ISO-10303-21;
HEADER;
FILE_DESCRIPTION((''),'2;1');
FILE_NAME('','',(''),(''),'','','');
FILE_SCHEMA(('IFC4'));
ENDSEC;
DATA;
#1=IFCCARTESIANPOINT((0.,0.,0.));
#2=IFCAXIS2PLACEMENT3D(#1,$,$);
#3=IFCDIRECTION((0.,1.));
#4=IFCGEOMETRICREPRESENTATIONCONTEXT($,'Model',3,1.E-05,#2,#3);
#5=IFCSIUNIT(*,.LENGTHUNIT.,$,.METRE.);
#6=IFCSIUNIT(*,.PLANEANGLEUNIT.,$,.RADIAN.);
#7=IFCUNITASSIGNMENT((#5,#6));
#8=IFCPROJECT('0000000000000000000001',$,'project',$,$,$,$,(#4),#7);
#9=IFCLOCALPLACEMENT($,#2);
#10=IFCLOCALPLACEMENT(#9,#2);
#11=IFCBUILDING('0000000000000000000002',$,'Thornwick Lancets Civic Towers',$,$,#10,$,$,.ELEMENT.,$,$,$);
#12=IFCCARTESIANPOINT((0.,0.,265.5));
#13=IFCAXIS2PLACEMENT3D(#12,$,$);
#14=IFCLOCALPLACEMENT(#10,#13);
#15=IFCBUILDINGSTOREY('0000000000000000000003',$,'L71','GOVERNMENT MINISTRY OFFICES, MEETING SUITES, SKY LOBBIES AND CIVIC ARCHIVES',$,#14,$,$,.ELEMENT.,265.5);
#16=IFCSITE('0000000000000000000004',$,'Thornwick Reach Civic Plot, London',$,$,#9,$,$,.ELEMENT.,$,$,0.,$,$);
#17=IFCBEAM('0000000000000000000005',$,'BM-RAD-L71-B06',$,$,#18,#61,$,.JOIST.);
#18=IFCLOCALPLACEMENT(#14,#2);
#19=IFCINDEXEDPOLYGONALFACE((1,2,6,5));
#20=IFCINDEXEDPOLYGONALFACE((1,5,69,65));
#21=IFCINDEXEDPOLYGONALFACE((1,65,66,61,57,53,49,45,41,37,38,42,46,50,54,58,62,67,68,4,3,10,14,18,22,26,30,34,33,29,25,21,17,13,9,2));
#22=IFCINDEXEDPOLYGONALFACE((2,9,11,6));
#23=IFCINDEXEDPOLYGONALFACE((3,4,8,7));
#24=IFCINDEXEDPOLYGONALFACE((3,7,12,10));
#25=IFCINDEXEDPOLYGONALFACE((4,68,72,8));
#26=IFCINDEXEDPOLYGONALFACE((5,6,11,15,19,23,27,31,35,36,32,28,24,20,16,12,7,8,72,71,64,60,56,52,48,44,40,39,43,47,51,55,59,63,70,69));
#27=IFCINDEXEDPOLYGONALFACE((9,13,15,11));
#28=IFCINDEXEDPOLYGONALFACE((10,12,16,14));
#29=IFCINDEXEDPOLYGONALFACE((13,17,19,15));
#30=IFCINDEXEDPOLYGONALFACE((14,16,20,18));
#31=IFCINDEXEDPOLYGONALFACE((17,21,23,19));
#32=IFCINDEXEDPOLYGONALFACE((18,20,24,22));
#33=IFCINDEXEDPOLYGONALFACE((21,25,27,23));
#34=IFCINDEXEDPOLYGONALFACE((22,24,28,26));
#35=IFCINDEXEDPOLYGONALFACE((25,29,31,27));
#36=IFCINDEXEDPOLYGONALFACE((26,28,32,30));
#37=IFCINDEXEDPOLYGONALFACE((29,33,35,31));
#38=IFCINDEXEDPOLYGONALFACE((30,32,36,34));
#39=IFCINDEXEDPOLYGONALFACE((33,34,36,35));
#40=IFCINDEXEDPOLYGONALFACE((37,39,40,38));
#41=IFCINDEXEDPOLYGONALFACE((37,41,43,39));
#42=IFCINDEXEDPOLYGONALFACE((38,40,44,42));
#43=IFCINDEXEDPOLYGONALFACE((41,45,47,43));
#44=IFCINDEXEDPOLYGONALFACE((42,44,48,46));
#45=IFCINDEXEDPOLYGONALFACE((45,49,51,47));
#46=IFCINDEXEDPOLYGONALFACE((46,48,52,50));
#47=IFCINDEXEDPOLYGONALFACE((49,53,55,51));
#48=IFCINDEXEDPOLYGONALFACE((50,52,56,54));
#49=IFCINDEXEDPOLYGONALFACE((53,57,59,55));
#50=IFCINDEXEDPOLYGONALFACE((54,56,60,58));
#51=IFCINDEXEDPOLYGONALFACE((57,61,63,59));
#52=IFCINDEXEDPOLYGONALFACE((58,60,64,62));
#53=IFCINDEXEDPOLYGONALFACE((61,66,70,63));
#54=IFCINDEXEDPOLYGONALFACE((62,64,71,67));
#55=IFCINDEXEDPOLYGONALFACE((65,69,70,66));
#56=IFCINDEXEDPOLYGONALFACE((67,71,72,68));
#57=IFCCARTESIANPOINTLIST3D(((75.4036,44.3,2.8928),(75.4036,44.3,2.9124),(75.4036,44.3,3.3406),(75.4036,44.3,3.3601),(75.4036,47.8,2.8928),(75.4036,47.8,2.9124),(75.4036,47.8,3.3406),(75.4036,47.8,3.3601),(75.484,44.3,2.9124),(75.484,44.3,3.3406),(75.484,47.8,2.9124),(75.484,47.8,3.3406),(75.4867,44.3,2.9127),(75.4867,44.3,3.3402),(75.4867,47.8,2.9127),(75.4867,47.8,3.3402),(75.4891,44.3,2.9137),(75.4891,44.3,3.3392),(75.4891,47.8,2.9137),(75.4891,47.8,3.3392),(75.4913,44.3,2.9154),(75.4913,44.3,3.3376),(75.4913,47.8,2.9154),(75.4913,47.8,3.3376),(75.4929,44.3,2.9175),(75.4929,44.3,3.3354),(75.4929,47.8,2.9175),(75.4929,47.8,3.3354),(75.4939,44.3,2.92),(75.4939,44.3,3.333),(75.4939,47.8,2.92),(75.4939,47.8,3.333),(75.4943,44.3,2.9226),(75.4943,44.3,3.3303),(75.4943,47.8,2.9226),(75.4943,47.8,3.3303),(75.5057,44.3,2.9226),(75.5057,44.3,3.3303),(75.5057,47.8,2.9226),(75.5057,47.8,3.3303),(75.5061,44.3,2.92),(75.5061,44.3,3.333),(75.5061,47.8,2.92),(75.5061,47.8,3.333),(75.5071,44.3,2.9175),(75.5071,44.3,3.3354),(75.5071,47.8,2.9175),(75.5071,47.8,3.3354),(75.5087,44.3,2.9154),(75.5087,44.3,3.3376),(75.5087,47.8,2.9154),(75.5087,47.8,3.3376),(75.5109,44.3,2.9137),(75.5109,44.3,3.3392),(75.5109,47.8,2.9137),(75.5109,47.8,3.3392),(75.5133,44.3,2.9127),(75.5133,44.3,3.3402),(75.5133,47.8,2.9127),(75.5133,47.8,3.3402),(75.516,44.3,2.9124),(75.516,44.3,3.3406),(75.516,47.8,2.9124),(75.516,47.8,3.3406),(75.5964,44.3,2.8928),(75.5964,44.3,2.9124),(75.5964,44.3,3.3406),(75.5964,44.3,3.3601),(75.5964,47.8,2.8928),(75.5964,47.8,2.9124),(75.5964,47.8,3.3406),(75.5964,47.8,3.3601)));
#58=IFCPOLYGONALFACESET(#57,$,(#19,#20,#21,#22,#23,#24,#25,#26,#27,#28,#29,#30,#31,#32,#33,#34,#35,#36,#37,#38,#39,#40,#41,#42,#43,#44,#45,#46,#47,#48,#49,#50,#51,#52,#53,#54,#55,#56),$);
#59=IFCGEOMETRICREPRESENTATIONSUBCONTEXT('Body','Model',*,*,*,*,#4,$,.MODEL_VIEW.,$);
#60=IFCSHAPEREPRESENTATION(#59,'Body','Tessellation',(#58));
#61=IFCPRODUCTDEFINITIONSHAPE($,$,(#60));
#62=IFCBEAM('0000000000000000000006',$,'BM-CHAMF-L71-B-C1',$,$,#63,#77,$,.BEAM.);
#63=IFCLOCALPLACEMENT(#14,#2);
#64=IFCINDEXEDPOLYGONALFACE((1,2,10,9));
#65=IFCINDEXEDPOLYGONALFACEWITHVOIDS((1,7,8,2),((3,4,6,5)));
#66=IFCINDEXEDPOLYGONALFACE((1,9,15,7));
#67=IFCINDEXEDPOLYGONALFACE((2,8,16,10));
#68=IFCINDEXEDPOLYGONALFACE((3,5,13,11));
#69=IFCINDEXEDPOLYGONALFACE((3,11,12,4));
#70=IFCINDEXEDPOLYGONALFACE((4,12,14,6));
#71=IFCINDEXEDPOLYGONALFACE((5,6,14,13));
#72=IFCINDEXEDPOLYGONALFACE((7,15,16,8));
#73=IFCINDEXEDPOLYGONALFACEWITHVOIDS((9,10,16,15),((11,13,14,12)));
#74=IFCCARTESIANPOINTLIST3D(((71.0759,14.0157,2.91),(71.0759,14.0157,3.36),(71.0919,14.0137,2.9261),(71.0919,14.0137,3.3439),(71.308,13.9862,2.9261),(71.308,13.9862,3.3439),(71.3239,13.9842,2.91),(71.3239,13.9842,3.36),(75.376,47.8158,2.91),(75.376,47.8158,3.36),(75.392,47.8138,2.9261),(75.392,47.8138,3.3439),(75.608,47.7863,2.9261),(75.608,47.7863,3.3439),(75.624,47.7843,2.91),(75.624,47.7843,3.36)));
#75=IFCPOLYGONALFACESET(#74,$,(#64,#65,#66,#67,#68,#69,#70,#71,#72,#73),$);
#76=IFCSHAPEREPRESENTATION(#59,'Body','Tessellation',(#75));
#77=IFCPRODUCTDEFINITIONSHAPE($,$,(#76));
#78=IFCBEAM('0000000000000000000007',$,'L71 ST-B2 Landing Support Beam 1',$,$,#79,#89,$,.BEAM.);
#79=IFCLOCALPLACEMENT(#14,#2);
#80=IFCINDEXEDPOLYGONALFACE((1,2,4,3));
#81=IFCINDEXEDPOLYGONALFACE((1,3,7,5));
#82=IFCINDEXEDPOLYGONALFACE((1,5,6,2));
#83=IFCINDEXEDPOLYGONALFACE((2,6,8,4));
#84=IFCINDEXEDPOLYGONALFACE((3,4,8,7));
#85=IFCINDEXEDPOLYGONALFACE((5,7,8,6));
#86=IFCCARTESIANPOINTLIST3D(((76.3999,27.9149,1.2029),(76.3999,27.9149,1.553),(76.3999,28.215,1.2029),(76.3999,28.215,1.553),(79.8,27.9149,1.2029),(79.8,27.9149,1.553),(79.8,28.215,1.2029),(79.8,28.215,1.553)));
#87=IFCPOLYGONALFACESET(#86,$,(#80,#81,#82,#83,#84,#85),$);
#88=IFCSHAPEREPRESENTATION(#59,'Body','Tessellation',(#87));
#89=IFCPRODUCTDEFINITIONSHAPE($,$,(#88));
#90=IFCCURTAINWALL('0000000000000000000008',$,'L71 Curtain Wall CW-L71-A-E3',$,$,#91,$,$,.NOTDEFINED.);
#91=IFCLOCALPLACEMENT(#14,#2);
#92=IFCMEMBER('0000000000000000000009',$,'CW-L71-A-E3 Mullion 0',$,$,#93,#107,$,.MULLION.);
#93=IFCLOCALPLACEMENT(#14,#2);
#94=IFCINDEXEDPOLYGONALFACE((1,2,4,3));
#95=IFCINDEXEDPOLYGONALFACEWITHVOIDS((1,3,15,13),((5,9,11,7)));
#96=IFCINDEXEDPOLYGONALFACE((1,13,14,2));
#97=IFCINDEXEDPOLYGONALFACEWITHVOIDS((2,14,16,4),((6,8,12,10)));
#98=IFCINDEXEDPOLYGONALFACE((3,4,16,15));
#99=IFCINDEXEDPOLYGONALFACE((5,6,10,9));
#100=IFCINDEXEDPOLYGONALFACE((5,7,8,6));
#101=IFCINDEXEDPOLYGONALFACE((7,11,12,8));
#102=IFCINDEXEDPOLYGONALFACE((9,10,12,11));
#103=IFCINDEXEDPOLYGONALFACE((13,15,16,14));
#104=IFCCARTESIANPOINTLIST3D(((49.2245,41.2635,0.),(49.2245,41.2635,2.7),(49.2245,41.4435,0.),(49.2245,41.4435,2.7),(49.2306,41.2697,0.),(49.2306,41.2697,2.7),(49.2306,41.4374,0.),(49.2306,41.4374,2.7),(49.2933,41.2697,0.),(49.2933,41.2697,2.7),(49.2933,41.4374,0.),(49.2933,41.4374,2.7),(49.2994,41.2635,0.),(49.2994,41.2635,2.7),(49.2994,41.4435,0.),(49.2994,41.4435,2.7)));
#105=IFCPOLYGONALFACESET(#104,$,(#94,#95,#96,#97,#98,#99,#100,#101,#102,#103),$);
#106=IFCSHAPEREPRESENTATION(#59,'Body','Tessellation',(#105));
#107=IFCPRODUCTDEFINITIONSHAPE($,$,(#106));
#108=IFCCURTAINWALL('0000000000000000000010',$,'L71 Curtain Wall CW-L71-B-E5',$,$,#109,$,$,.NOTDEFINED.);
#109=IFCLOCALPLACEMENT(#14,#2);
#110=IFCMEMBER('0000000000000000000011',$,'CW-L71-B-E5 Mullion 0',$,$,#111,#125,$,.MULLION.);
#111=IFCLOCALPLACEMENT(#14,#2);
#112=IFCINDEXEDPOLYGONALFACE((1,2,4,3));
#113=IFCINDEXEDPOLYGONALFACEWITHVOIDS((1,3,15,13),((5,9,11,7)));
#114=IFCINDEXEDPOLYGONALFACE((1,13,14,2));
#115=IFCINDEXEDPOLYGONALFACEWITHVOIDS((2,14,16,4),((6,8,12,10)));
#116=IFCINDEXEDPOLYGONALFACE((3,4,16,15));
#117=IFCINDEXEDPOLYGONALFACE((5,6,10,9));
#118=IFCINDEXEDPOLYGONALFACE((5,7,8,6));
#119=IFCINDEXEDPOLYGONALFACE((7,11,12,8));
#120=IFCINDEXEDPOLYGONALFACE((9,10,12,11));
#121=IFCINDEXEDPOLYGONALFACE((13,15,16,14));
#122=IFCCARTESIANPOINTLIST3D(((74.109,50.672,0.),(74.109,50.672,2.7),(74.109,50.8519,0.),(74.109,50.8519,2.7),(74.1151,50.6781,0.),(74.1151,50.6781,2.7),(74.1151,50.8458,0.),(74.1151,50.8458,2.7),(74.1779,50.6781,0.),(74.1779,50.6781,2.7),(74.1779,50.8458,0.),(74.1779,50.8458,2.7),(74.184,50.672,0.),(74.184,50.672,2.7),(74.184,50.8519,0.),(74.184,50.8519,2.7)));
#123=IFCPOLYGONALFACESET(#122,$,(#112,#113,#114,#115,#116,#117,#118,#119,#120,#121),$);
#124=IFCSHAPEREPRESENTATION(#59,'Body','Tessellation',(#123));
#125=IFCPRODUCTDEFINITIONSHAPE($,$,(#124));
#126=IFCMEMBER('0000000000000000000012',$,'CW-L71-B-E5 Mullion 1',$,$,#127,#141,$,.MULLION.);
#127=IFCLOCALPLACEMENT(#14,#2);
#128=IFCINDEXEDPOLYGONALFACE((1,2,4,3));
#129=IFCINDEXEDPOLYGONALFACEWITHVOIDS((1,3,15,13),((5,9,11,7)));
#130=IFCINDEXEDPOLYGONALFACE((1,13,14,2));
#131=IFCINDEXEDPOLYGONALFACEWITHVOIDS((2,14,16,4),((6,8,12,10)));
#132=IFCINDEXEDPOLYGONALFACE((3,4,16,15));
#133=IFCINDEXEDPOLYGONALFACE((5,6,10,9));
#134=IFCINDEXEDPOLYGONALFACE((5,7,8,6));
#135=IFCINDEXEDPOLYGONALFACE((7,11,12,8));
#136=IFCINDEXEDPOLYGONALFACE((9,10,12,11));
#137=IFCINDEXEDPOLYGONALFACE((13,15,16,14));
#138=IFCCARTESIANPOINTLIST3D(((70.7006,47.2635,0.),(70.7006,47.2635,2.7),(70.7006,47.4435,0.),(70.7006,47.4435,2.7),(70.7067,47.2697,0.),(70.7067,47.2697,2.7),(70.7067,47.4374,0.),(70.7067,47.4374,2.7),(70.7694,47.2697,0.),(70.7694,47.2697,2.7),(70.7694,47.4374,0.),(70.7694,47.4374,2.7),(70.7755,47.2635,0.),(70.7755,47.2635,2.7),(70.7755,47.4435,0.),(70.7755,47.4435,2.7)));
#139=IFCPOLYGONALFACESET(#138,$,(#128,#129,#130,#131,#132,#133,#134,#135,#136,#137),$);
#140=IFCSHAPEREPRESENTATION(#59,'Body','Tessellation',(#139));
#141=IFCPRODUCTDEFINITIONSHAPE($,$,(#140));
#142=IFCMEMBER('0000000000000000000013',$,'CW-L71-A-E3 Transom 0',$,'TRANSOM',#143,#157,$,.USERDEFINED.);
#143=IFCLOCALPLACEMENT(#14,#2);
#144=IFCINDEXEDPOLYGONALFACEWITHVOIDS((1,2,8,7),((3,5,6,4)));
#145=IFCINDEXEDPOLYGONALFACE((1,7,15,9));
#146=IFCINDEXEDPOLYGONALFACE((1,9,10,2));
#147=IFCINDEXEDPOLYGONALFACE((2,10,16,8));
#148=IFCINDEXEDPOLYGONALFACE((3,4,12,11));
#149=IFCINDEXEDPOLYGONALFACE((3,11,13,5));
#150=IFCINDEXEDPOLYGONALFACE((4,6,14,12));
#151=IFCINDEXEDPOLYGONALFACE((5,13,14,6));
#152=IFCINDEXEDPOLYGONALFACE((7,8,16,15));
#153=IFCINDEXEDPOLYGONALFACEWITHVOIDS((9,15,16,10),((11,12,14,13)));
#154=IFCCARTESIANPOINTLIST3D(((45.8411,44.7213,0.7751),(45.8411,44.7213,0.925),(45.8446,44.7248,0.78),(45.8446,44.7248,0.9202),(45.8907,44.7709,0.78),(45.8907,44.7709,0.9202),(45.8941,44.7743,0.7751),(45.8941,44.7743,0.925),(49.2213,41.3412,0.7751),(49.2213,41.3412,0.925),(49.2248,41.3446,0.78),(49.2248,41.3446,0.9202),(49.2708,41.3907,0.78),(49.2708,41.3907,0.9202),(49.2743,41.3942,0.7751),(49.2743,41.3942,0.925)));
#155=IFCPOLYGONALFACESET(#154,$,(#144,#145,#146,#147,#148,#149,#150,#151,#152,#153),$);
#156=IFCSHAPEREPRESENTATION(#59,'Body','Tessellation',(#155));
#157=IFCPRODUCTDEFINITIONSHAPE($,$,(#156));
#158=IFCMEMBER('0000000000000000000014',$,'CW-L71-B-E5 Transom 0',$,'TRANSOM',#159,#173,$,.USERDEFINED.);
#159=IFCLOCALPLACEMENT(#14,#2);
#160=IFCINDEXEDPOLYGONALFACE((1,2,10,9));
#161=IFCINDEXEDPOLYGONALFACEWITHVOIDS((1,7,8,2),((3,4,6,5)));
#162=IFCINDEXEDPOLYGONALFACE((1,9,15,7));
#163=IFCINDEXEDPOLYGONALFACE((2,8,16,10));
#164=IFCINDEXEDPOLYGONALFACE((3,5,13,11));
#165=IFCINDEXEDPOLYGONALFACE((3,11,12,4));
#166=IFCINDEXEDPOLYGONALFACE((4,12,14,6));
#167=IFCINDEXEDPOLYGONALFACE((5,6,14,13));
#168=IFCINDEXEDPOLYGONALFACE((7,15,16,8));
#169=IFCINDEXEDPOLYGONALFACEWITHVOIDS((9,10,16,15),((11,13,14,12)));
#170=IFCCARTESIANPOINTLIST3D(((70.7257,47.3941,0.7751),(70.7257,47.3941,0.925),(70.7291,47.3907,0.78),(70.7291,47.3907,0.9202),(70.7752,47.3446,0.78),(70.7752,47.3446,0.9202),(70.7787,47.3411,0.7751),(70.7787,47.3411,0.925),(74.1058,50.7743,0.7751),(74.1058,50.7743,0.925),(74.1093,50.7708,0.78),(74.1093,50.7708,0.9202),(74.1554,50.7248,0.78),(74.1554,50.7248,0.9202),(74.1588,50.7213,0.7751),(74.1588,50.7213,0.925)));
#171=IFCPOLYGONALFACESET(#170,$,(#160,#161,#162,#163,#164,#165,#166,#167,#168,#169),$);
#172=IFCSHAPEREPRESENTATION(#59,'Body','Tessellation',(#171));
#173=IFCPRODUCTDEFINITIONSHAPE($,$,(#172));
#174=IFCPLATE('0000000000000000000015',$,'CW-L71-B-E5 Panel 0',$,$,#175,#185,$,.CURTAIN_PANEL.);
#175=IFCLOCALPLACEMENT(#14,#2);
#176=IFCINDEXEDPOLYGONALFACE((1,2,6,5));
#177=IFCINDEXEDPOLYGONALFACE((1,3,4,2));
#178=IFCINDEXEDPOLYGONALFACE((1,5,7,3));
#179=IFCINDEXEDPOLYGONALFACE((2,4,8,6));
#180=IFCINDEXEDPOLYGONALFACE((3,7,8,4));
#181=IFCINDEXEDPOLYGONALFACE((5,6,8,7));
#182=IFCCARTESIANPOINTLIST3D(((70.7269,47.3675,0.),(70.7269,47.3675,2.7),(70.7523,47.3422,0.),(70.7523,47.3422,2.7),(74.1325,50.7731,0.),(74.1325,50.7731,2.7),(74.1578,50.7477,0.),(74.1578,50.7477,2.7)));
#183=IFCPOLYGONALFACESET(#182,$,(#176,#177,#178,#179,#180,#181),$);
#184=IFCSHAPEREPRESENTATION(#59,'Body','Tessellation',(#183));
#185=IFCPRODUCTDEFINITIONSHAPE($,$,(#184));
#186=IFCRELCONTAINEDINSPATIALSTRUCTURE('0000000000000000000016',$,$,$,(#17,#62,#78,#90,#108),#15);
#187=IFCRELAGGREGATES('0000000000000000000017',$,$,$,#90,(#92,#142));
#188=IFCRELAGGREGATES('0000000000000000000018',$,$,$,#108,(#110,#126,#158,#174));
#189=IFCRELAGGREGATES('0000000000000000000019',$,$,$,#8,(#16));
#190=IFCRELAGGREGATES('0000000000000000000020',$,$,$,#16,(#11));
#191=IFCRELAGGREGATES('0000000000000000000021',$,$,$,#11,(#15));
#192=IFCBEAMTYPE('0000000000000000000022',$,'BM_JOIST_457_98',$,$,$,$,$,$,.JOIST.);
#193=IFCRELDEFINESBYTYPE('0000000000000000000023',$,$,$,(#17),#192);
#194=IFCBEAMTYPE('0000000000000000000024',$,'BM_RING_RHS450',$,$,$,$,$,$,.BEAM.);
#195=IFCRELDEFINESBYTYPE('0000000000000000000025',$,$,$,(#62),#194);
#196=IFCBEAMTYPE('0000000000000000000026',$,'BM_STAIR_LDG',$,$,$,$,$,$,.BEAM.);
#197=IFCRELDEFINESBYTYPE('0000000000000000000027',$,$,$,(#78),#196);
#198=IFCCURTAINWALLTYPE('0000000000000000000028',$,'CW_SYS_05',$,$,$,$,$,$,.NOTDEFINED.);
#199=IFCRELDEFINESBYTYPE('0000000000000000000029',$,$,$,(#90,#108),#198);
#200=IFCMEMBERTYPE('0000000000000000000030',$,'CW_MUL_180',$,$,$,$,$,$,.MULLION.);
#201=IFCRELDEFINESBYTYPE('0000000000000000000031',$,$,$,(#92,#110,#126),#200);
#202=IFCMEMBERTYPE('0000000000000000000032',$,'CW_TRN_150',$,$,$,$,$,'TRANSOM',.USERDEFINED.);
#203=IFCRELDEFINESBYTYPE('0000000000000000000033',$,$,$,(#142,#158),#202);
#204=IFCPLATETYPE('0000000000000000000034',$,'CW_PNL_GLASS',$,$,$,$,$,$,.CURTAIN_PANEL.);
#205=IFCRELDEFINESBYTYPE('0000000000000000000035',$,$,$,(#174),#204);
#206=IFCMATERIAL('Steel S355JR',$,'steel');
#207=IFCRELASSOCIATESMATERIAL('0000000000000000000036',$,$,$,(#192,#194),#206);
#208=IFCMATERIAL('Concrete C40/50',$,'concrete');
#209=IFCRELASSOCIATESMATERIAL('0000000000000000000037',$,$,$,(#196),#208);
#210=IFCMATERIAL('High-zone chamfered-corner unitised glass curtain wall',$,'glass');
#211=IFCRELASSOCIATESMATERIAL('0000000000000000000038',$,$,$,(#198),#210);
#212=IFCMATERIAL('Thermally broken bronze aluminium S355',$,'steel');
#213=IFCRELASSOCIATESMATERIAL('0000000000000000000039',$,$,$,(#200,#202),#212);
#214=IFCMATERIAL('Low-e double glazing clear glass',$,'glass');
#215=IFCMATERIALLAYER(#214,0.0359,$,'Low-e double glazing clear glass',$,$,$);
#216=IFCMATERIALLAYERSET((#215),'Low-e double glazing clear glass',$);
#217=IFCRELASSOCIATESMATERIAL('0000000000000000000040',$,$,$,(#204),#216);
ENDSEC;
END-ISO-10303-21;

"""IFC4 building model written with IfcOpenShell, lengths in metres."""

from ifc_helpers import new_model, si_unit, direction, frame, origin, origin_2d, place, context, subcontext, project, spatial, rectangle, hollow_rectangle, i_section, extrude, material, layer, layer_set, material_profile, profile_set, type_object, element, aggregate, save


model = new_model("IFC4")

# Units and contexts
model_context = context("Model", 3, precision=1e-05, world=origin(), true_north=direction((0.0, 1.0)))
body_context = subcontext(model_context, "Body", "Model", "MODEL_VIEW")
ifc_project = project(units=[si_unit("LENGTHUNIT", "METRE"), si_unit("PLANEANGLEUNIT", "RADIAN")], contexts=[model_context])

# Site, building, storey
site_placement = place(None, origin())
site = spatial("IfcSite", under=ifc_project, at=site_placement, Name="Thornwick Reach Civic Plot, London", CompositionType="ELEMENT", RefElevation=0.0)
building_placement = place(site_placement, origin())
building = spatial("IfcBuilding", under=site, at=building_placement, Name="Thornwick Lancets Civic Towers", CompositionType="ELEMENT")
storey_placement = place(building_placement, frame((0.0, 0.0, 265.5)))
storey = spatial("IfcBuildingStorey", under=building, at=storey_placement, Name="L71", Description="GOVERNMENT MINISTRY OFFICES, MEETING SUITES, SKY LOBBIES AND CIVIC ARCHIVES", CompositionType="ELEMENT", Elevation=265.5)

# Shared definitions
ifc_material_1 = material(Name="Steel S355JR", Category="steel")

# Beams
ifc_material_profile_1 = material_profile(ifc_material_1, i_section(OverallWidth=0.1929, OverallDepth=0.4673, WebThickness=0.0115, FlangeThickness=0.0195, FilletRadius=0.0103, at=origin_2d()), Name="UKB 457x191x98")
ifc_profile_set_1 = profile_set([ifc_material_profile_1], Name="Steel S355JR")
beam_type_1 = type_object("IfcBeamType", Name="BM_JOIST_457_98", PredefinedType="JOIST", material=ifc_profile_set_1)
beam_1_placement = place(storey_placement, frame((75.5, 44.3, 3.1265), z_axis=(0.0, 1.0, 0.0), x_axis=(-1.0, 0.0, 0.0)))
element("IfcBeam", 1, at=beam_1_placement, inside=storey, type_object=beam_type_1, Name="BM-RAD-L71-B06", PredefinedType="JOIST", context=body_context, shape_type="SweptSolid", body=[
    extrude(i_section(OverallWidth=0.1929, OverallDepth=0.4673, WebThickness=0.0115, FlangeThickness=0.0195, FilletRadius=0.0103, at=origin_2d()), origin(), (0.0, 0.0, 1.0), 3.5),
])
ifc_material_profile_2 = material_profile(ifc_material_1, hollow_rectangle(XDim=0.25, YDim=0.45, WallThickness=0.0161, at=origin_2d()), Name="RHS 450x250x16")
ifc_profile_set_2 = profile_set([ifc_material_profile_2], Name="Steel S355JR")
beam_type_2 = type_object("IfcBeamType", Name="BM_RING_RHS450", PredefinedType="BEAM", material=ifc_profile_set_2)
beam_2_placement = place(storey_placement, frame((75.5, 47.8, 3.135), z_axis=(-0.126203, -0.992004, 0.0), x_axis=(0.992004, -0.126203, 0.0)))
element("IfcBeam", 2, at=beam_2_placement, inside=storey, type_object=beam_type_2, Name="BM-CHAMF-L71-B-C1", PredefinedType="BEAM", context=body_context, shape_type="SweptSolid", body=[
    extrude(hollow_rectangle(XDim=0.25, YDim=0.45, WallThickness=0.0161, at=origin_2d()), origin(), (0.0, 0.0, 1.0), 34.0725),
])
ifc_material_2 = material(Name="Concrete C40/50", Category="concrete")
ifc_material_profile_3 = material_profile(ifc_material_2, rectangle(XDim=0.3, YDim=0.3501, at=origin_2d()), Name="RC 300x350")
ifc_profile_set_3 = profile_set([ifc_material_profile_3], Name="Concrete C40/50")
beam_type_3 = type_object("IfcBeamType", Name="BM_STAIR_LDG", PredefinedType="BEAM", material=ifc_profile_set_3)
beam_3_placement = place(storey_placement, frame((76.3999, 28.0649, 1.3779), z_axis=(1.0, 0.0, 0.0), x_axis=(0.0, 1.0, 0.0)))
element("IfcBeam", 3, at=beam_3_placement, inside=storey, type_object=beam_type_3, Name="L71 ST-B2 Landing Support Beam 1", PredefinedType="BEAM", context=body_context, shape_type="SweptSolid", body=[
    extrude(rectangle(XDim=0.3, YDim=0.3501, at=origin_2d()), origin(), (0.0, 0.0, 1.0), 3.4001),
])

# Curtain wall, member
ifc_material_3 = material(Name="High-zone chamfered-corner unitised glass curtain wall", Category="glass")
curtain_wall_type = type_object("IfcCurtainWallType", Name="CW_SYS_05", PredefinedType="NOTDEFINED", material=ifc_material_3)
curtain_wall_1_placement = place(storey_placement, origin())
curtain_wall_1 = element("IfcCurtainWall", 4, at=curtain_wall_1_placement, inside=storey, type_object=curtain_wall_type, Name="L71 Curtain Wall CW-L71-A-E3", PredefinedType="NOTDEFINED")
ifc_material_4 = material(Name="Thermally broken bronze aluminium S355", Category="steel")
ifc_material_profile_4 = material_profile(ifc_material_4, hollow_rectangle(XDim=0.075, YDim=0.1799, WallThickness=0.0061, at=origin_2d()), Name="RHS 180x75x6")
ifc_profile_set_4 = profile_set([ifc_material_profile_4], Name="Thermally broken bronze aluminium S355")
member_type_1 = type_object("IfcMemberType", Name="CW_MUL_180", PredefinedType="MULLION", material=ifc_profile_set_4)
member_1_placement = place(storey_placement, frame((49.262, 41.3535, 0.0), z_axis=(0.0, 0.0, 1.0), x_axis=(1.0, 0.0, 0.0)))
member_1 = element("IfcMember", 5, at=member_1_placement, type_object=member_type_1, Name="CW-L71-A-E3 Mullion 0", PredefinedType="MULLION", context=body_context, shape_type="SweptSolid", body=[
    extrude(hollow_rectangle(XDim=0.075, YDim=0.1799, WallThickness=0.0061, at=origin_2d()), origin(), (0.0, 0.0, 1.0), 2.7),
])

# Curtain wall, members
curtain_wall_2_placement = place(storey_placement, origin())
curtain_wall_2 = element("IfcCurtainWall", 6, at=curtain_wall_2_placement, inside=storey, type_object=curtain_wall_type, Name="L71 Curtain Wall CW-L71-B-E5", PredefinedType="NOTDEFINED")
member_2_placement = place(storey_placement, frame((74.1465, 50.762, 0.0), z_axis=(0.0, 0.0, 1.0), x_axis=(1.0, 0.0, 0.0)))
member_2 = element("IfcMember", 7, at=member_2_placement, type_object=member_type_1, Name="CW-L71-B-E5 Mullion 0", PredefinedType="MULLION", context=body_context, shape_type="SweptSolid", body=[
    extrude(hollow_rectangle(XDim=0.075, YDim=0.1799, WallThickness=0.0061, at=origin_2d()), origin(), (0.0, 0.0, 1.0), 2.7),
])
member_3_placement = place(storey_placement, frame((70.738, 47.3535, 0.0), z_axis=(0.0, 0.0, 1.0), x_axis=(1.0, 0.0, 0.0)))
member_3 = element("IfcMember", 8, at=member_3_placement, type_object=member_type_1, Name="CW-L71-B-E5 Mullion 1", PredefinedType="MULLION", context=body_context, shape_type="SweptSolid", body=[
    extrude(hollow_rectangle(XDim=0.075, YDim=0.1799, WallThickness=0.0061, at=origin_2d()), origin(), (0.0, 0.0, 1.0), 2.7),
])

# Members
ifc_material_profile_5 = material_profile(ifc_material_4, hollow_rectangle(XDim=0.075, YDim=0.1499, WallThickness=0.0049, at=origin_2d()), Name="RHS 150x75x5")
ifc_profile_set_5 = profile_set([ifc_material_profile_5], Name="Thermally broken bronze aluminium S355")
member_type_2 = type_object("IfcMemberType", Name="CW_TRN_150", ElementType="TRANSOM", PredefinedType="USERDEFINED", material=ifc_profile_set_5)
member_4_placement = place(storey_placement, frame((49.2478, 41.3677, 0.8501), z_axis=(-0.707107, 0.707107, 0.0), x_axis=(-0.707107, -0.707107, 0.0)))
member_4 = element("IfcMember", 9, at=member_4_placement, type_object=member_type_2, Name="CW-L71-A-E3 Transom 0", ObjectType="TRANSOM", PredefinedType="USERDEFINED", context=body_context, shape_type="SweptSolid", body=[
    extrude(hollow_rectangle(XDim=0.075, YDim=0.1499, WallThickness=0.0049, at=origin_2d()), origin(), (0.0, 0.0, 1.0), 4.7803),
])
aggregate(curtain_wall_1, [member_1, member_4])
member_5_placement = place(storey_placement, frame((74.1323, 50.7478, 0.8501), z_axis=(-0.707107, -0.707107, 0.0), x_axis=(0.707107, -0.707107, 0.0)))
member_5 = element("IfcMember", 10, at=member_5_placement, type_object=member_type_2, Name="CW-L71-B-E5 Transom 0", ObjectType="TRANSOM", PredefinedType="USERDEFINED", context=body_context, shape_type="SweptSolid", body=[
    extrude(hollow_rectangle(XDim=0.075, YDim=0.1499, WallThickness=0.0049, at=origin_2d()), origin(), (0.0, 0.0, 1.0), 4.7803),
])

# Plate
ifc_material_5 = material(Name="Low-e double glazing clear glass", Category="glass")
ifc_layer_1 = layer(ifc_material_5, 0.0359, Name="Low-e double glazing clear glass")
ifc_layer_set_1 = layer_set([ifc_layer_1], Name="Low-e double glazing clear glass")
plate_type = type_object("IfcPlateType", Name="CW_PNL_GLASS", PredefinedType="CURTAIN_PANEL", material=ifc_layer_set_1)
plate_placement = place(storey_placement, frame((72.4424, 49.0576, 0.0), z_axis=(0.0, 0.0, 1.0), x_axis=(-0.707107, -0.707107, 0.0)))
plate = element("IfcPlate", 11, at=plate_placement, type_object=plate_type, Name="CW-L71-B-E5 Panel 0", PredefinedType="CURTAIN_PANEL", context=body_context, shape_type="SweptSolid", body=[
    extrude(rectangle(XDim=4.8162, YDim=0.0359, at=origin_2d()), origin(), (0.0, 0.0, 1.0), 2.7),
])
aggregate(curtain_wall_2, [member_2, member_3, member_5, plate])

save(model, "model.ifc")
